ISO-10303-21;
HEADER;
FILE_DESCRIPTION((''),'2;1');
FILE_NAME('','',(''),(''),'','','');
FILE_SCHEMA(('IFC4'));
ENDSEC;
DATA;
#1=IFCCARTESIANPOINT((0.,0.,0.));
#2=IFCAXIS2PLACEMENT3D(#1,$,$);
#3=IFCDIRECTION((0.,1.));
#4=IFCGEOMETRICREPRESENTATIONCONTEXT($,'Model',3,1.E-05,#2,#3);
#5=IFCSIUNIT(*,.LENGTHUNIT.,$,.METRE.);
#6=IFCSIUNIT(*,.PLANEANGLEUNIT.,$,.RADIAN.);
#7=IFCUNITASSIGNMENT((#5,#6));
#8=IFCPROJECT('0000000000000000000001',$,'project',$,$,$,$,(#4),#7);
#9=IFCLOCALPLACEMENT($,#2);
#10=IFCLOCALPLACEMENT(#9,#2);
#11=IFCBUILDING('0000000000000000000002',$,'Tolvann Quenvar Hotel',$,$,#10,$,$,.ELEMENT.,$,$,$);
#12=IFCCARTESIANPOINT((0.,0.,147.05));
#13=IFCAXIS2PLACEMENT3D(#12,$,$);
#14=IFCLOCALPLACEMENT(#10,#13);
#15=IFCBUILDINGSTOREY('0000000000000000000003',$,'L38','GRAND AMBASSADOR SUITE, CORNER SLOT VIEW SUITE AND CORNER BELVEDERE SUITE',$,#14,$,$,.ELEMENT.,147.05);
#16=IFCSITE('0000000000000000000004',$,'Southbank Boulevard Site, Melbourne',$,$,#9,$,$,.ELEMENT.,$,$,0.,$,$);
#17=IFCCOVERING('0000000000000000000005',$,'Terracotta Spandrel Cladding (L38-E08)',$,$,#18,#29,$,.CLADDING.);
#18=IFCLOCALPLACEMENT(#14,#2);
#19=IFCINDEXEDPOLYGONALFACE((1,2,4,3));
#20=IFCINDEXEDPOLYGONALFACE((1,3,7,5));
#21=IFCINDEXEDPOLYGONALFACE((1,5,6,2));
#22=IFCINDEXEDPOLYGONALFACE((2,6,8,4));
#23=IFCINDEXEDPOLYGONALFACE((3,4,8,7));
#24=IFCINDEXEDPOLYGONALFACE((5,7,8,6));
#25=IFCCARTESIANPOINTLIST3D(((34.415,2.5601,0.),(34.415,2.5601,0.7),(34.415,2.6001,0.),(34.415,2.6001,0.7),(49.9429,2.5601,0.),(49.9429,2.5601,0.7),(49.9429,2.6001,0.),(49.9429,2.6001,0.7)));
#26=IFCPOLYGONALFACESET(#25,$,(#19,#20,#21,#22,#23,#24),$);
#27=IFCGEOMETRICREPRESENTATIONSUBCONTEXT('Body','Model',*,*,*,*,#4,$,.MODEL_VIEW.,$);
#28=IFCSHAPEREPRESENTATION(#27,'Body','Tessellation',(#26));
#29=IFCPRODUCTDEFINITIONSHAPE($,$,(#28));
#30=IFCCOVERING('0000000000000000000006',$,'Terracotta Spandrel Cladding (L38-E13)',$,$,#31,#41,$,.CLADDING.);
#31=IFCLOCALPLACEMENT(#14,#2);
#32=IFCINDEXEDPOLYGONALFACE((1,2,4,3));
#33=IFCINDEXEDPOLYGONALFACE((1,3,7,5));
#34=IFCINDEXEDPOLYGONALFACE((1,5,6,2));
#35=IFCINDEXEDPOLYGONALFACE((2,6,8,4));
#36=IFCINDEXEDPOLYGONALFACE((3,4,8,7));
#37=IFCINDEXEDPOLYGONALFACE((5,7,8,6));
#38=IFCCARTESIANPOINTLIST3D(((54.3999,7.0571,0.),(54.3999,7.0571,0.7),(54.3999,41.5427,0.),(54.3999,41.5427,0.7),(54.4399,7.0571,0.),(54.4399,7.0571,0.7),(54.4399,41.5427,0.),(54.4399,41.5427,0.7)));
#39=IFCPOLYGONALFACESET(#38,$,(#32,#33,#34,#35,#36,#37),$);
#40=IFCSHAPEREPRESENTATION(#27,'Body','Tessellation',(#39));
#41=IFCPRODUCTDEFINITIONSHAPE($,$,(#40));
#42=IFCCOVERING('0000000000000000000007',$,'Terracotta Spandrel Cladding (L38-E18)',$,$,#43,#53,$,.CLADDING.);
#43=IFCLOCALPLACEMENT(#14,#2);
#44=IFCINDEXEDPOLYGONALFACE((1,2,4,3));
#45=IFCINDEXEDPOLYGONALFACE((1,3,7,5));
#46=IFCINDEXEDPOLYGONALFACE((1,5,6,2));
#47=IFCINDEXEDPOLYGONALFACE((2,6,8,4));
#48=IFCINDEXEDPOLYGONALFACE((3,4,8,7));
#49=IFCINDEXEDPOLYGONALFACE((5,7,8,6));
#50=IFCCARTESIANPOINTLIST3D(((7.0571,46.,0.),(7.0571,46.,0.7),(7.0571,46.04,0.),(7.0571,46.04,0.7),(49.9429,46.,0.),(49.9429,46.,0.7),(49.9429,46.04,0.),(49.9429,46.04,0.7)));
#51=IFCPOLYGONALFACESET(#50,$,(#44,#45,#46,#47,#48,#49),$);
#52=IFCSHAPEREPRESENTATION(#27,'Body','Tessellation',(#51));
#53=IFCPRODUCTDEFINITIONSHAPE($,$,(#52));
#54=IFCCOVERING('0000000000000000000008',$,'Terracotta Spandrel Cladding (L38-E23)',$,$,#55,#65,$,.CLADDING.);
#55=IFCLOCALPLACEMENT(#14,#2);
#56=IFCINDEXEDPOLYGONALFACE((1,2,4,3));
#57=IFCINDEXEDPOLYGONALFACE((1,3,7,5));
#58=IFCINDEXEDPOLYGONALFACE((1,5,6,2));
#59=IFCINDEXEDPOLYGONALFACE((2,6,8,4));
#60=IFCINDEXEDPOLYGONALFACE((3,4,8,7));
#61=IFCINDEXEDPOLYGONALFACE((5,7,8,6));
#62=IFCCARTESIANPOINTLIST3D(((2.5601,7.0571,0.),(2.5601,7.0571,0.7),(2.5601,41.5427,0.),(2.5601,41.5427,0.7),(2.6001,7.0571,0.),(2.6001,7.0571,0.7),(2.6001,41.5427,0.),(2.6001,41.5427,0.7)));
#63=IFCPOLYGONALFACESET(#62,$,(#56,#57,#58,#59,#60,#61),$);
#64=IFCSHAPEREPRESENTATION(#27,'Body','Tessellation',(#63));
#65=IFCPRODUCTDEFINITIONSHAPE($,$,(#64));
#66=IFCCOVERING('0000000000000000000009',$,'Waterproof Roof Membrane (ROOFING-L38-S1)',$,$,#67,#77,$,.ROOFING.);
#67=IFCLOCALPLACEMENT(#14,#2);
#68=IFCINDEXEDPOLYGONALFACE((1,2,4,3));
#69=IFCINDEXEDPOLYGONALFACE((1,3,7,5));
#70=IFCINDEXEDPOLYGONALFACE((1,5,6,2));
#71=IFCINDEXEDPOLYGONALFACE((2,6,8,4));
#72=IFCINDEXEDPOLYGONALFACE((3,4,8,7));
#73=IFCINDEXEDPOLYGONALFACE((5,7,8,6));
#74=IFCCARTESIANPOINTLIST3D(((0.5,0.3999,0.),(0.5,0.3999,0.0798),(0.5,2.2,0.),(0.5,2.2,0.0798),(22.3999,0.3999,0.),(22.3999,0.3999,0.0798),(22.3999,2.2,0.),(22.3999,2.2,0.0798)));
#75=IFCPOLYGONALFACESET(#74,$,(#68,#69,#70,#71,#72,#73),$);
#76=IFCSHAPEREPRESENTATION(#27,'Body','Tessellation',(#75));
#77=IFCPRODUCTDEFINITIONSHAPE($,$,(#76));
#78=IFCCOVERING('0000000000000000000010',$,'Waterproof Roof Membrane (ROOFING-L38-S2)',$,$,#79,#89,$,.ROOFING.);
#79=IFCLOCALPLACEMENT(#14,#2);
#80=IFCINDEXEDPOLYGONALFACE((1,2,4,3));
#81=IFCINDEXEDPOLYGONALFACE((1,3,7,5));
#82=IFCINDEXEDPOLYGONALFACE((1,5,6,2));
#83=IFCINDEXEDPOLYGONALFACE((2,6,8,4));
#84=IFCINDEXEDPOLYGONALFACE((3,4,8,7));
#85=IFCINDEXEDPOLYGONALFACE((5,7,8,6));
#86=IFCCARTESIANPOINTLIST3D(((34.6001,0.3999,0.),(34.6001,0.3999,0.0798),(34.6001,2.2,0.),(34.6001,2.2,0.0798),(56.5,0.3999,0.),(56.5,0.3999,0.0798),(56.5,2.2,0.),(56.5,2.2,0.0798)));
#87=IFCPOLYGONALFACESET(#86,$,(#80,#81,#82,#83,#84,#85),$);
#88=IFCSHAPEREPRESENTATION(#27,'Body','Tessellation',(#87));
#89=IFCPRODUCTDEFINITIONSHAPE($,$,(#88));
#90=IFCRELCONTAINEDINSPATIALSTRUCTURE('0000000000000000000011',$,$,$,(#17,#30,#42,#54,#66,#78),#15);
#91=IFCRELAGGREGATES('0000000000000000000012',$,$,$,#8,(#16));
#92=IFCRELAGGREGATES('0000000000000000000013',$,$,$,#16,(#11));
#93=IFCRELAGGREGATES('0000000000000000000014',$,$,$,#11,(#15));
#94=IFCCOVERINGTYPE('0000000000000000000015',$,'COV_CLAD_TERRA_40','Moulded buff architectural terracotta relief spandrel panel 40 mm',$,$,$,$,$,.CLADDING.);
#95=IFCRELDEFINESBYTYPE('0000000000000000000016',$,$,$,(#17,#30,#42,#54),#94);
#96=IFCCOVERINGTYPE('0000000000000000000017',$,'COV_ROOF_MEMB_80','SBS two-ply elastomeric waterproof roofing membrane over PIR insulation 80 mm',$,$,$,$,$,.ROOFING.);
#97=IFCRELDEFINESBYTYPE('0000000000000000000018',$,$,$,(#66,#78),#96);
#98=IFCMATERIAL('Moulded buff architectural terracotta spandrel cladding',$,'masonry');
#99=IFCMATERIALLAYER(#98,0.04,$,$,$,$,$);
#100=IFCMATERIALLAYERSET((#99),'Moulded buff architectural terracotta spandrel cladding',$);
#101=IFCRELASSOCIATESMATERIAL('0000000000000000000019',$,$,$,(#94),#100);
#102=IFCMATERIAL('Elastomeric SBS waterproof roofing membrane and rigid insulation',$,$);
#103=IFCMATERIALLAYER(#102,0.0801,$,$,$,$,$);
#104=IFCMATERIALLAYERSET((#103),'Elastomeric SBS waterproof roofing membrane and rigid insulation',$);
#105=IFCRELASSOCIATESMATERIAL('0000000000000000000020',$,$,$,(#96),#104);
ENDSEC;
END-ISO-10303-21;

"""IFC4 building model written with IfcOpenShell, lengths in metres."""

from ifc_helpers import new_model, si_unit, direction, frame, origin, place, context, subcontext, project, spatial, polyline, outline, extrude, material, layer, layer_set, type_object, element, save


model = new_model("IFC4")

# Units and contexts
model_context = context("Model", 3, precision=1e-05, world=origin(), true_north=direction((0.0, 1.0)))
body_context = subcontext(model_context, "Body", "Model", "MODEL_VIEW")
ifc_project = project(units=[si_unit("LENGTHUNIT", "METRE"), si_unit("PLANEANGLEUNIT", "RADIAN")], contexts=[model_context])

# Site, building, storey
site_placement = place(None, origin())
site = spatial("IfcSite", under=ifc_project, at=site_placement, Name="Southbank Boulevard Site, Melbourne", CompositionType="ELEMENT", RefElevation=0.0)
building_placement = place(site_placement, origin())
building = spatial("IfcBuilding", under=site, at=building_placement, Name="Tolvann Quenvar Hotel", CompositionType="ELEMENT")
storey_placement = place(building_placement, frame((0.0, 0.0, 147.05)))
storey = spatial("IfcBuildingStorey", under=building, at=storey_placement, Name="L38", Description="GRAND AMBASSADOR SUITE, CORNER SLOT VIEW SUITE AND CORNER BELVEDERE SUITE", CompositionType="ELEMENT", Elevation=147.05)

# Coverings
ifc_material_1 = material(Name="Moulded buff architectural terracotta spandrel cladding", Category="masonry")
ifc_layer_1 = layer(ifc_material_1, 0.04)
ifc_layer_set_1 = layer_set([ifc_layer_1], Name="Moulded buff architectural terracotta spandrel cladding")
covering_type_1 = type_object("IfcCoveringType", Name="COV_CLAD_TERRA_40", Description="Moulded buff architectural terracotta relief spandrel panel 40 mm", PredefinedType="CLADDING", material=ifc_layer_set_1)
covering_1_placement = place(storey_placement, origin())
element("IfcCovering", 1, at=covering_1_placement, inside=storey, type_object=covering_type_1, Name="Terracotta Spandrel Cladding (L38-E08)", PredefinedType="CLADDING", context=body_context, shape_type="SweptSolid", body=[
    extrude(outline(polyline([(34.415, 2.6001), (49.9429, 2.6001), (49.9429, 2.5601), (34.415, 2.5601), (34.415, 2.6001)])), origin(), (0.0, 0.0, 1.0), 0.7),
])
covering_2_placement = place(storey_placement, origin())
element("IfcCovering", 2, at=covering_2_placement, inside=storey, type_object=covering_type_1, Name="Terracotta Spandrel Cladding (L38-E13)", PredefinedType="CLADDING", context=body_context, shape_type="SweptSolid", body=[
    extrude(outline(polyline([(54.3999, 7.0571), (54.3999, 41.5427), (54.4399, 41.5427), (54.4399, 7.0571), (54.3999, 7.0571)])), origin(), (0.0, 0.0, 1.0), 0.7),
])
covering_3_placement = place(storey_placement, origin())
element("IfcCovering", 3, at=covering_3_placement, inside=storey, type_object=covering_type_1, Name="Terracotta Spandrel Cladding (L38-E18)", PredefinedType="CLADDING", context=body_context, shape_type="SweptSolid", body=[
    extrude(outline(polyline([(49.9429, 46.0), (7.0571, 46.0), (7.0571, 46.04), (49.9429, 46.04), (49.9429, 46.0)])), origin(), (0.0, 0.0, 1.0), 0.7),
])
covering_4_placement = place(storey_placement, origin())
element("IfcCovering", 4, at=covering_4_placement, inside=storey, type_object=covering_type_1, Name="Terracotta Spandrel Cladding (L38-E23)", PredefinedType="CLADDING", context=body_context, shape_type="SweptSolid", body=[
    extrude(outline(polyline([(2.6001, 41.5427), (2.6001, 7.0571), (2.5601, 7.0571), (2.5601, 41.5427), (2.6001, 41.5427)])), origin(), (0.0, 0.0, 1.0), 0.7),
])
ifc_material_2 = material(Name="Elastomeric SBS waterproof roofing membrane and rigid insulation")
ifc_layer_2 = layer(ifc_material_2, 0.0801)
ifc_layer_set_2 = layer_set([ifc_layer_2], Name="Elastomeric SBS waterproof roofing membrane and rigid insulation")
covering_type_2 = type_object("IfcCoveringType", Name="COV_ROOF_MEMB_80", Description="SBS two-ply elastomeric waterproof roofing membrane over PIR insulation 80 mm", PredefinedType="ROOFING", material=ifc_layer_set_2)
covering_5_placement = place(storey_placement, origin())
element("IfcCovering", 5, at=covering_5_placement, inside=storey, type_object=covering_type_2, Name="Waterproof Roof Membrane (ROOFING-L38-S1)", PredefinedType="ROOFING", context=body_context, shape_type="SweptSolid", body=[
    extrude(outline(polyline([(0.5, 0.3999), (22.3999, 0.3999), (22.3999, 2.2), (0.5, 2.2), (0.5, 0.3999)])), origin(), (0.0, 0.0, 1.0), 0.0798),
])
covering_6_placement = place(storey_placement, origin())
element("IfcCovering", 6, at=covering_6_placement, inside=storey, type_object=covering_type_2, Name="Waterproof Roof Membrane (ROOFING-L38-S2)", PredefinedType="ROOFING", context=body_context, shape_type="SweptSolid", body=[
    extrude(outline(polyline([(34.6001, 0.3999), (56.5, 0.3999), (56.5, 2.2), (34.6001, 2.2), (34.6001, 0.3999)])), origin(), (0.0, 0.0, 1.0), 0.0798),
])

save(model, "model.ifc")
